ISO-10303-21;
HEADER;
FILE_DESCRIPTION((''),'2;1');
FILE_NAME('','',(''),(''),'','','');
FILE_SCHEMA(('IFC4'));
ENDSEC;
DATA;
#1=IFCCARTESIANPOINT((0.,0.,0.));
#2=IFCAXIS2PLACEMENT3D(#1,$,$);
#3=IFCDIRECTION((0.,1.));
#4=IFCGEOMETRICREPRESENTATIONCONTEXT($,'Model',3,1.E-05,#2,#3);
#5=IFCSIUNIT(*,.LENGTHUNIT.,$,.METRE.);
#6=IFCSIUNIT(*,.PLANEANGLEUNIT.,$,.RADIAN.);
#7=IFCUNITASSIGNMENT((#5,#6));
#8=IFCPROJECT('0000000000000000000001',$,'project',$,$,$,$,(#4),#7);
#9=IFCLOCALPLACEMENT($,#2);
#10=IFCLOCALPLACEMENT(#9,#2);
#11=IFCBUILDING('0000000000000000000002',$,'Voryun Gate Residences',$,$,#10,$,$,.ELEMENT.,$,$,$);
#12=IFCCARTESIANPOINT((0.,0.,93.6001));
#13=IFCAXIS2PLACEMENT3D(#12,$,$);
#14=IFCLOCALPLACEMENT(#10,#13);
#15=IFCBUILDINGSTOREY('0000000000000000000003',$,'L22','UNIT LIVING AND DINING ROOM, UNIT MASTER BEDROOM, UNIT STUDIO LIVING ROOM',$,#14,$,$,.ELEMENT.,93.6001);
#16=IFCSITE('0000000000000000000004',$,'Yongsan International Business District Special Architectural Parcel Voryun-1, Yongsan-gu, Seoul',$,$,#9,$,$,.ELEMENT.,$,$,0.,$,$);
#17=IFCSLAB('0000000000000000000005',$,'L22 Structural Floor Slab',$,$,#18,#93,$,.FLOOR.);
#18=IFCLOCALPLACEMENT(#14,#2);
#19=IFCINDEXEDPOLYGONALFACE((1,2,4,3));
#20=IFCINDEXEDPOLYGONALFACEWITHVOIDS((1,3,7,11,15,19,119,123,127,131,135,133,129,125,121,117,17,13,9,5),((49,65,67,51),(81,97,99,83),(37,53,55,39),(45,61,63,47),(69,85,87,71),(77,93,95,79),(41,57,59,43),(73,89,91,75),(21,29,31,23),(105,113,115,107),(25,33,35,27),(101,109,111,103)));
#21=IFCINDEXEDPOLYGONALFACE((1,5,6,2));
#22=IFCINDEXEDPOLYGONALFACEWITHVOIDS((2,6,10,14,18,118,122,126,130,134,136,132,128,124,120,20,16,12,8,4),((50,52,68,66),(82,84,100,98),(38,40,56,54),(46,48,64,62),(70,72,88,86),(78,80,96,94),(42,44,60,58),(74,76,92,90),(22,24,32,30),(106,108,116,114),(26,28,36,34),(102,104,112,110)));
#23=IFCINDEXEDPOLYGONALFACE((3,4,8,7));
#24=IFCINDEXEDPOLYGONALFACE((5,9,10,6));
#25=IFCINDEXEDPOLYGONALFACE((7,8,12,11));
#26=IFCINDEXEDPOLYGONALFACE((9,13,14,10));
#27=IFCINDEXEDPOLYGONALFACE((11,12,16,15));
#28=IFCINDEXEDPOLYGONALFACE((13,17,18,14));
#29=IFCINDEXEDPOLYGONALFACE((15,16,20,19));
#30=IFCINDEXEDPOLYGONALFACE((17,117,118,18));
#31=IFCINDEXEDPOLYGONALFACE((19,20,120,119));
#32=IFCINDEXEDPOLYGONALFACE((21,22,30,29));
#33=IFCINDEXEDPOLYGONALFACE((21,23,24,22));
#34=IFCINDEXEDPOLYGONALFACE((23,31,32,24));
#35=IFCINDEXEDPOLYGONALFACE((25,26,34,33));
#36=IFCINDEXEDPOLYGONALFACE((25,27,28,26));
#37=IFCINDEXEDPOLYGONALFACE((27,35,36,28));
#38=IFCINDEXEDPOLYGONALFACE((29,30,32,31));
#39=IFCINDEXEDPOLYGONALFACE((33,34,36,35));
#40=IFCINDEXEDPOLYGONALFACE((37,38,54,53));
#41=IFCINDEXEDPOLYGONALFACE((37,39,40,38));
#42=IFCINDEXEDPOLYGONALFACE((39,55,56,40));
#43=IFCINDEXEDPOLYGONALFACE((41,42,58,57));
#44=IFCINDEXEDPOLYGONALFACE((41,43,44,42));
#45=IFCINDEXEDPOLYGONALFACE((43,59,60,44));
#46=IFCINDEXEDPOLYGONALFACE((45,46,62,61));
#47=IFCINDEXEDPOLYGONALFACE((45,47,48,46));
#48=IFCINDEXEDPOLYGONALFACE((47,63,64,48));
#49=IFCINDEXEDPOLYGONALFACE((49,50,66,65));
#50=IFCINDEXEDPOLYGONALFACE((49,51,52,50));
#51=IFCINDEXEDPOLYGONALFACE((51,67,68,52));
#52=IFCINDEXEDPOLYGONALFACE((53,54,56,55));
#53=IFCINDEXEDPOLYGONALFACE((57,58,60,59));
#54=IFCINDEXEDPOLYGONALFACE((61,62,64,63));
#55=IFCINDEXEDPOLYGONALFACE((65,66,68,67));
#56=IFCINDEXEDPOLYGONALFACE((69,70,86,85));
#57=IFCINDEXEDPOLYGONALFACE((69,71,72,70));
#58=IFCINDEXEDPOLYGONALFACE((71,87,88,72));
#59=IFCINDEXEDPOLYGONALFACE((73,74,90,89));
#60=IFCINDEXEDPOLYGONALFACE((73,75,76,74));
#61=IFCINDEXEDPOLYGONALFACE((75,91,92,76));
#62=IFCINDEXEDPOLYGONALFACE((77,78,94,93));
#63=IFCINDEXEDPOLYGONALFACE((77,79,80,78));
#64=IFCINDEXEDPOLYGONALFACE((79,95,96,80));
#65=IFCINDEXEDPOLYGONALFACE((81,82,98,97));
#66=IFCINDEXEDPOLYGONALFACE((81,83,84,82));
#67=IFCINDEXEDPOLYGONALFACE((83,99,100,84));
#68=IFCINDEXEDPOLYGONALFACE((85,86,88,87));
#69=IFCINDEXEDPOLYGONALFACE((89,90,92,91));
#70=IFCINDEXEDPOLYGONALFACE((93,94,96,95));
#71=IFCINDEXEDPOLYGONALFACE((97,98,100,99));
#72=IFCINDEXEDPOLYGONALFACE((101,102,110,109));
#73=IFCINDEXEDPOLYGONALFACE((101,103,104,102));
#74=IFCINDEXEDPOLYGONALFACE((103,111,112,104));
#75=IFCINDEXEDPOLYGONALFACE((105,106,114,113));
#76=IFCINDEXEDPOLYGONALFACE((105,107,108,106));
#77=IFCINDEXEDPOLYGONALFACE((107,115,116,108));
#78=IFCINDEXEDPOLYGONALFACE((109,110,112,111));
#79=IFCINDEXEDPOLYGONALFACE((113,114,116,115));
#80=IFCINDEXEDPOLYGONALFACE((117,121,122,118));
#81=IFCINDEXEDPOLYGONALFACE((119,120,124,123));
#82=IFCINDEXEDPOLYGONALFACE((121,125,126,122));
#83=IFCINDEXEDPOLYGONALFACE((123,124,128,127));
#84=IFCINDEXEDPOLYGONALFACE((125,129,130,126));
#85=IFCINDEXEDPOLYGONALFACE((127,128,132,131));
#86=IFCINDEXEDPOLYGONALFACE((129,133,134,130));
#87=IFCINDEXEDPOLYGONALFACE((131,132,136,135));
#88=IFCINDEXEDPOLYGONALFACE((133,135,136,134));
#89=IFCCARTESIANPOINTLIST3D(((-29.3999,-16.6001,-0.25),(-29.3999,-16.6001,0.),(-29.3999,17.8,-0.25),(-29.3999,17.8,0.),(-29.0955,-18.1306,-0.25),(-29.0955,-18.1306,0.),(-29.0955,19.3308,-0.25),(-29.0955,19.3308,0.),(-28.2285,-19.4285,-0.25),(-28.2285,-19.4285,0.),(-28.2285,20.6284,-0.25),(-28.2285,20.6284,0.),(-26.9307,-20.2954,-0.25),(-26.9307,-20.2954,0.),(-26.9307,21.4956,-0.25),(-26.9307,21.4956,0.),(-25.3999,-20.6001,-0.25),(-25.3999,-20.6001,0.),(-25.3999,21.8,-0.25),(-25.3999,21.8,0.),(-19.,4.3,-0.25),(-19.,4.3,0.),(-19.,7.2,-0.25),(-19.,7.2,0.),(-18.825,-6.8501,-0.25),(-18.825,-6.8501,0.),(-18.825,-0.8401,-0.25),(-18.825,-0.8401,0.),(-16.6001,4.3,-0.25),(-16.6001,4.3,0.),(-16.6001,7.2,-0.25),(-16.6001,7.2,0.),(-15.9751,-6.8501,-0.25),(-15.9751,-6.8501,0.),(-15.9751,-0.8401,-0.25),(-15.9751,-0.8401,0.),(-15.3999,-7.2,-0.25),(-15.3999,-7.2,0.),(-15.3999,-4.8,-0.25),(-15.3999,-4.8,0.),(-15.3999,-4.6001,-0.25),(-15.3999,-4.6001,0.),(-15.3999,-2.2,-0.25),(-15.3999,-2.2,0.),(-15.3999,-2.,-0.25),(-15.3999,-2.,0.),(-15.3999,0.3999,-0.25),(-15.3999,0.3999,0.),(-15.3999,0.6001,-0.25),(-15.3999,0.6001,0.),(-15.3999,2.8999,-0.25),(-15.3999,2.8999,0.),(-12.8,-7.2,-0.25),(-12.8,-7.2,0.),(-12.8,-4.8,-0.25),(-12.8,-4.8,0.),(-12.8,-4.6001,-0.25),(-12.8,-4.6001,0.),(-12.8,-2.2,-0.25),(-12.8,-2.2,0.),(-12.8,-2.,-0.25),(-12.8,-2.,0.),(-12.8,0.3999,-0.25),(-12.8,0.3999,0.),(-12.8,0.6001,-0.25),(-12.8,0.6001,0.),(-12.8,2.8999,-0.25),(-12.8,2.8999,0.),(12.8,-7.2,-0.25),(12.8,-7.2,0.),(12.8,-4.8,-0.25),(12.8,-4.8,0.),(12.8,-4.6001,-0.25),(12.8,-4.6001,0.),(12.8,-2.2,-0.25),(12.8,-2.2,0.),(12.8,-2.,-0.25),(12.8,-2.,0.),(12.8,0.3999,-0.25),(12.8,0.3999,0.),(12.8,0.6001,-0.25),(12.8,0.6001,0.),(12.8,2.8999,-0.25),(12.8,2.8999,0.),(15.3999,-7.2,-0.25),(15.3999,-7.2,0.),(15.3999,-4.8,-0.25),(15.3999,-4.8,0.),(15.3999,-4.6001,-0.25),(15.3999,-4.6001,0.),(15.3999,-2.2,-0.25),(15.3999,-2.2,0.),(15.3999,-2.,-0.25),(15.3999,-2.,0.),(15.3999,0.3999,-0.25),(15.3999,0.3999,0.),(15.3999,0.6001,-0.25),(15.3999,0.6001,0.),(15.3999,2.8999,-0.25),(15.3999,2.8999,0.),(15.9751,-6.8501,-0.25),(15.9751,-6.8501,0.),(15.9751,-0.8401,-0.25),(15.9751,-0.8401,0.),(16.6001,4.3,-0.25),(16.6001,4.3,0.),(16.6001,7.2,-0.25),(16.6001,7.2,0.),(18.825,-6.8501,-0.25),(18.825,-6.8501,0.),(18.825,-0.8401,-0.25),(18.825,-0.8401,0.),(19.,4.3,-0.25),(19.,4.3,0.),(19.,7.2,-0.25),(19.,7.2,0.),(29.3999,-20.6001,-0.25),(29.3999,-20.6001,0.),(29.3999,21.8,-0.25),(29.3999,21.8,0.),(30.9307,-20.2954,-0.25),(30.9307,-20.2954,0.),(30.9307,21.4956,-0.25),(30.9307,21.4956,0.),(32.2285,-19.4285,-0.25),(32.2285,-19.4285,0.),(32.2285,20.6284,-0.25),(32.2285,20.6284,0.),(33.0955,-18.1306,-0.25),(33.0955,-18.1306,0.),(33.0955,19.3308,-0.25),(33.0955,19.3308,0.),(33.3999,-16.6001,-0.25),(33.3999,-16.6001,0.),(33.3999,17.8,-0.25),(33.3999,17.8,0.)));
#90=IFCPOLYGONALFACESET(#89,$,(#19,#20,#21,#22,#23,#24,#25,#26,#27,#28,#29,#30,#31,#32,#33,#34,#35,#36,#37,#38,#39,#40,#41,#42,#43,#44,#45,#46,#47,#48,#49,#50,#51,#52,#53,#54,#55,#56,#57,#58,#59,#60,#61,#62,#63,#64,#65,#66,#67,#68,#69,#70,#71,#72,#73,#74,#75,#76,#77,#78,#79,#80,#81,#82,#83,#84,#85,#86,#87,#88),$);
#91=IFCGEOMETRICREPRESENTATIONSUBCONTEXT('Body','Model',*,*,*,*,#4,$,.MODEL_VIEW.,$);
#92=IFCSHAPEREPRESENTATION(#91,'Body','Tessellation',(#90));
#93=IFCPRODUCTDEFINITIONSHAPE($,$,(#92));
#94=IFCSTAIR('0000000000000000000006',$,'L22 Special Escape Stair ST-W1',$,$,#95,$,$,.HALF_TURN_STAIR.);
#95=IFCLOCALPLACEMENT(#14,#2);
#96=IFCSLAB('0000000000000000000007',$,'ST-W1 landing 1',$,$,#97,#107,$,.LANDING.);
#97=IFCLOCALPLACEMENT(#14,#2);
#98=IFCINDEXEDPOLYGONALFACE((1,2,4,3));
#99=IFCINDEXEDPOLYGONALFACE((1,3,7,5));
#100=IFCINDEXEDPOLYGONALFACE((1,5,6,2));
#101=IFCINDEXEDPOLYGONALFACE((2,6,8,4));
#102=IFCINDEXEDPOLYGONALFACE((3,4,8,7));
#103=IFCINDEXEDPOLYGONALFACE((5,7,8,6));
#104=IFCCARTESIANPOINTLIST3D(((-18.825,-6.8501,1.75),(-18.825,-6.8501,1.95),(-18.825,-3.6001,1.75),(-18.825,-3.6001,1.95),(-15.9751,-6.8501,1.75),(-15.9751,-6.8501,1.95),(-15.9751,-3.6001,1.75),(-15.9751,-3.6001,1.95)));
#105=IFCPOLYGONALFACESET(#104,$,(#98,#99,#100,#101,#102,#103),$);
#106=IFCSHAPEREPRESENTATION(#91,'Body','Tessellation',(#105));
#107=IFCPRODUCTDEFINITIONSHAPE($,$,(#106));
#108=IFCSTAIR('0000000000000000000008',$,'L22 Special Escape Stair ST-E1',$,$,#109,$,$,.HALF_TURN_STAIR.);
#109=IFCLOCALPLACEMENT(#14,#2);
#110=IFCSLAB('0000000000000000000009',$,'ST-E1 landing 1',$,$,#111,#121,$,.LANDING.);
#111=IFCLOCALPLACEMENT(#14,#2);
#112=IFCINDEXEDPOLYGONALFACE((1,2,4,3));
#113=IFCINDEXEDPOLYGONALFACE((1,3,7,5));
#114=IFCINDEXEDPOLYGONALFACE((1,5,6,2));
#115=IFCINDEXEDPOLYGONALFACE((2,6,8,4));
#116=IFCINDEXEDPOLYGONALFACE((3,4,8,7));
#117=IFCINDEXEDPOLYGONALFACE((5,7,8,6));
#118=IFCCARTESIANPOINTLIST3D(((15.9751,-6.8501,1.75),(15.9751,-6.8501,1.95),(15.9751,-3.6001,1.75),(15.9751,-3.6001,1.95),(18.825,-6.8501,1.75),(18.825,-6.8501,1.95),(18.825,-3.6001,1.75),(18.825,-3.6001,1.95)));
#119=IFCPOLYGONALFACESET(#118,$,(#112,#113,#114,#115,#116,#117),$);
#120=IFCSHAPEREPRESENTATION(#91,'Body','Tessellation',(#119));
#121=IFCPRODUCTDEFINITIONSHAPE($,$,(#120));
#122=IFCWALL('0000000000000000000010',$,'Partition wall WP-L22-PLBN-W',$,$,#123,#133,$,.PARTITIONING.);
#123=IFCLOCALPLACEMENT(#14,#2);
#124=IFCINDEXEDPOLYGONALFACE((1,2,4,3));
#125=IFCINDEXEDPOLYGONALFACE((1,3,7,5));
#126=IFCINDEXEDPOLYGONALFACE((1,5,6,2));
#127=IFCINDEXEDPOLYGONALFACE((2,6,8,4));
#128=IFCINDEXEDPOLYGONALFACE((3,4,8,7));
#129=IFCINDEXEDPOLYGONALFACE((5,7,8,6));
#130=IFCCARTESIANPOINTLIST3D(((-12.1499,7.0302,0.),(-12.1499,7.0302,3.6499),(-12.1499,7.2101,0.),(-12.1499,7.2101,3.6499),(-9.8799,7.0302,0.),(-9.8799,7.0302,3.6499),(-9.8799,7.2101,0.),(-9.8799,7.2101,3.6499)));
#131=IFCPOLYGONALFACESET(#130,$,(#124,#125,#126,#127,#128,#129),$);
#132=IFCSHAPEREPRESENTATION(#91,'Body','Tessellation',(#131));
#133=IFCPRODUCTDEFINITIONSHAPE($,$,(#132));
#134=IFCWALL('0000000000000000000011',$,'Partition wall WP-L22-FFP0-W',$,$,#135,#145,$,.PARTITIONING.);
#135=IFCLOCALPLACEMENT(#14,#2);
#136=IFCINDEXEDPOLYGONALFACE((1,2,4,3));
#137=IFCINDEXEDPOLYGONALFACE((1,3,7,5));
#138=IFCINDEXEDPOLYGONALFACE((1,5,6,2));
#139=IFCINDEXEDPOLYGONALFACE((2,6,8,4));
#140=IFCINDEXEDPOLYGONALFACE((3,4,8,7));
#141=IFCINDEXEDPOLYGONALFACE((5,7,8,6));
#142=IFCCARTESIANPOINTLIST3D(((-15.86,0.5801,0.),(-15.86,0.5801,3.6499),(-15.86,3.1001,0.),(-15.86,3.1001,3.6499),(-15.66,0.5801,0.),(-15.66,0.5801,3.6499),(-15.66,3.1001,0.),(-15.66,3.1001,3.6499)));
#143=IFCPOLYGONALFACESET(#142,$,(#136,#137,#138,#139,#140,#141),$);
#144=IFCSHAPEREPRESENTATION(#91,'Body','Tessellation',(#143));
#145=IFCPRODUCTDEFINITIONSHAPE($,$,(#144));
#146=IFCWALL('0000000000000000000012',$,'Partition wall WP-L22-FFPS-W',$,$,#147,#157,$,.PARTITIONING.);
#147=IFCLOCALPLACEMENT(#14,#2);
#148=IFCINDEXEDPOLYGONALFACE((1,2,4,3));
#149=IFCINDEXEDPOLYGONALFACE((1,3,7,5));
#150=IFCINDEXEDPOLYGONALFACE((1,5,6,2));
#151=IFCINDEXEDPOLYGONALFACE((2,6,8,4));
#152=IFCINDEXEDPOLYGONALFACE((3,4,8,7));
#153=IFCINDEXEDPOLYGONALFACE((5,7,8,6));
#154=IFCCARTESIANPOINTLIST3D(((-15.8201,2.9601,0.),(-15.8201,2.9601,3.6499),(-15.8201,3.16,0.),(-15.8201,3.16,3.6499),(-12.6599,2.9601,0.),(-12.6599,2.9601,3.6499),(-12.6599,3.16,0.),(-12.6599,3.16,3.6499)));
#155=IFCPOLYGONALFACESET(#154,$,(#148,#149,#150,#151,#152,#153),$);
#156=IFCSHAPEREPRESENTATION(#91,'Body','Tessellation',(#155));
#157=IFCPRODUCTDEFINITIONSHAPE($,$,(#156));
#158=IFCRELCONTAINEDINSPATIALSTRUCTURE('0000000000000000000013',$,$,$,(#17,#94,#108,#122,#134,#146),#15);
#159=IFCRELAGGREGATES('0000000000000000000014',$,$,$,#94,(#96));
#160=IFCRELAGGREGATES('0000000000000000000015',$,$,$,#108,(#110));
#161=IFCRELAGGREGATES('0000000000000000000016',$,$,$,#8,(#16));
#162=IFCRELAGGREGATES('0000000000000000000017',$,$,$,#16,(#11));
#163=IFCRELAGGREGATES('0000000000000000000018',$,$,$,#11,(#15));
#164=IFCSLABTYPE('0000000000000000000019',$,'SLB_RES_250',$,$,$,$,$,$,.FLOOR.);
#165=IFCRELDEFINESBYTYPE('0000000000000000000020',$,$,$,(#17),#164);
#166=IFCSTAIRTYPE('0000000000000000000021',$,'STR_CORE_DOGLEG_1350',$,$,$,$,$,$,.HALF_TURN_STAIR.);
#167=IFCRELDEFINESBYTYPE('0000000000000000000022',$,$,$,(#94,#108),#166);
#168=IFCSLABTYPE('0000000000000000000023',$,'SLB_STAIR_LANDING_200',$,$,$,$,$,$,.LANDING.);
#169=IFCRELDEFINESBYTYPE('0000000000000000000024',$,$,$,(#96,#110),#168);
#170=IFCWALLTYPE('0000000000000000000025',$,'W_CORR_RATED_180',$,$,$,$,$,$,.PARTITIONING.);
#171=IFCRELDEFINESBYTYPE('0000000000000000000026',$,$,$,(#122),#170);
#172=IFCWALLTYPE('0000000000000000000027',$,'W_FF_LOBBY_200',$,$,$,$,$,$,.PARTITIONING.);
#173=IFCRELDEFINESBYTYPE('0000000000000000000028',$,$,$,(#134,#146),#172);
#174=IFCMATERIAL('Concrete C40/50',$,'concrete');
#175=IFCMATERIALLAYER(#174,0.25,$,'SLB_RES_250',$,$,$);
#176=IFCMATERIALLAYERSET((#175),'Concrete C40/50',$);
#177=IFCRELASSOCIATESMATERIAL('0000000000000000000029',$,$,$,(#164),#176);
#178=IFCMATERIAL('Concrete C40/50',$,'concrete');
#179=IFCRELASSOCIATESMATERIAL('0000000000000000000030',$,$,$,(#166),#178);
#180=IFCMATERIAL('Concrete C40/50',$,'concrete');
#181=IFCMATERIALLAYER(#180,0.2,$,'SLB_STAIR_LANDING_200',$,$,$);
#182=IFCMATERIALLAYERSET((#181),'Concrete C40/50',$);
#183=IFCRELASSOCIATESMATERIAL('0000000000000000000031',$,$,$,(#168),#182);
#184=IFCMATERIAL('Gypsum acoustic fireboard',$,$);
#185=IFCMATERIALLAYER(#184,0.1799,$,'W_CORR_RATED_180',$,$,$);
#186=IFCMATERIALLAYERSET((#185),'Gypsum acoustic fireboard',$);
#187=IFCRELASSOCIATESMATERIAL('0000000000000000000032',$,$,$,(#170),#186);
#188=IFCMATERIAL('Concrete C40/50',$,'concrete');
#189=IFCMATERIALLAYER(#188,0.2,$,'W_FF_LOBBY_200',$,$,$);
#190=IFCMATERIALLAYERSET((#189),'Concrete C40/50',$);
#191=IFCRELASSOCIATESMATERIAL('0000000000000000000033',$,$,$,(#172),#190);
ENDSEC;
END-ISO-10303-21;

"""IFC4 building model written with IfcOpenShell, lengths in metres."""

from ifc_helpers import new_model, si_unit, direction, frame, frame_2d, origin, place, context, subcontext, project, spatial, polyline, rectangle, outline, extrude, material, layer, layer_set, type_object, element, aggregate, save


model = new_model("IFC4")

# Units and contexts
model_context = context("Model", 3, precision=1e-05, world=origin(), true_north=direction((0.0, 1.0)))
body_context = subcontext(model_context, "Body", "Model", "MODEL_VIEW")
ifc_project = project(units=[si_unit("LENGTHUNIT", "METRE"), si_unit("PLANEANGLEUNIT", "RADIAN")], contexts=[model_context])

# Site, building, storey
site_placement = place(None, origin())
site = spatial("IfcSite", under=ifc_project, at=site_placement, Name="Yongsan International Business District Special Architectural Parcel Voryun-1, Yongsan-gu, Seoul", CompositionType="ELEMENT", RefElevation=0.0)
building_placement = place(site_placement, origin())
building = spatial("IfcBuilding", under=site, at=building_placement, Name="Voryun Gate Residences", CompositionType="ELEMENT")
storey_placement = place(building_placement, frame((0.0, 0.0, 93.6001)))
storey = spatial("IfcBuildingStorey", under=building, at=storey_placement, Name="L22", Description="UNIT LIVING AND DINING ROOM, UNIT MASTER BEDROOM, UNIT STUDIO LIVING ROOM", CompositionType="ELEMENT", Elevation=93.6001)

# Slab
ifc_material_1 = material(Name="Concrete C40/50", Category="concrete")
ifc_layer_1 = layer(ifc_material_1, 0.25, Name="SLB_RES_250")
ifc_layer_set_1 = layer_set([ifc_layer_1], Name="Concrete C40/50")
slab_type_1 = type_object("IfcSlabType", Name="SLB_RES_250", PredefinedType="FLOOR", material=ifc_layer_set_1)
slab_1_placement = place(storey_placement, frame((0.0, 0.0, -0.25)))
element("IfcSlab", 1, at=slab_1_placement, inside=storey, type_object=slab_type_1, Name="L22 Structural Floor Slab", PredefinedType="FLOOR", context=body_context, shape_type="SweptSolid", body=[
    extrude(outline(polyline([(-25.3999, -20.6001), (-26.9307, -20.2954), (-28.2285, -19.4285), (-29.0955, -18.1306), (-29.3999, -16.6001), (-29.3999, 17.8), (-29.0955, 19.3308), (-28.2285, 20.6284), (-26.9307, 21.4956), (-25.3999, 21.8), (29.3999, 21.8), (30.9307, 21.4956), (32.2285, 20.6284), (33.0955, 19.3308), (33.3999, 17.8), (33.3999, -16.6001), (33.0955, -18.1306), (32.2285, -19.4285), (30.9307, -20.2954), (29.3999, -20.6001), (-25.3999, -20.6001)]), holes=[polyline([(-12.8, -4.8), (-15.3999, -4.8), (-15.3999, -7.2), (-12.8, -7.2), (-12.8, -4.8)]), polyline([(-18.825, -6.8501), (-15.9751, -6.8501), (-15.9751, -0.8401), (-18.825, -0.8401), (-18.825, -6.8501)]), polyline([(-12.8, -4.6001), (-12.8, -2.2), (-15.3999, -2.2), (-15.3999, -4.6001), (-12.8, -4.6001)]), polyline([(-12.8, 0.3999), (-15.3999, 0.3999), (-15.3999, -2.0), (-12.8, -2.0), (-12.8, 0.3999)]), polyline([(-12.8, 0.6001), (-12.8, 2.8999), (-15.3999, 2.8999), (-15.3999, 0.6001), (-12.8, 0.6001)]), polyline([(-16.6001, 4.3), (-16.6001, 7.2), (-19.0, 7.2), (-19.0, 4.3), (-16.6001, 4.3)]), polyline([(15.3999, -4.8), (12.8, -4.8), (12.8, -7.2), (15.3999, -7.2), (15.3999, -4.8)]), polyline([(15.9751, -6.8501), (18.825, -6.8501), (18.825, -0.8401), (15.9751, -0.8401), (15.9751, -6.8501)]), polyline([(15.3999, -4.6001), (15.3999, -2.2), (12.8, -2.2), (12.8, -4.6001), (15.3999, -4.6001)]), polyline([(15.3999, 0.3999), (12.8, 0.3999), (12.8, -2.0), (15.3999, -2.0), (15.3999, 0.3999)]), polyline([(15.3999, 0.6001), (15.3999, 2.8999), (12.8, 2.8999), (12.8, 0.6001), (15.3999, 0.6001)]), polyline([(19.0, 4.3), (19.0, 7.2), (16.6001, 7.2), (16.6001, 4.3), (19.0, 4.3)])]), origin(), (0.0, 0.0, 1.0), 0.25),
])

# Stairs, slabs
ifc_material_2 = material(Name="Concrete C40/50", Category="concrete")
stair_type = type_object("IfcStairType", Name="STR_CORE_DOGLEG_1350", PredefinedType="HALF_TURN_STAIR", material=ifc_material_2)
stair_1_placement = place(storey_placement, origin())
stair_1 = element("IfcStair", 2, at=stair_1_placement, inside=storey, type_object=stair_type, Name="L22 Special Escape Stair ST-W1", PredefinedType="HALF_TURN_STAIR")
ifc_material_3 = material(Name="Concrete C40/50", Category="concrete")
ifc_layer_2 = layer(ifc_material_3, 0.2, Name="SLB_STAIR_LANDING_200")
ifc_layer_set_2 = layer_set([ifc_layer_2], Name="Concrete C40/50")
slab_type_2 = type_object("IfcSlabType", Name="SLB_STAIR_LANDING_200", PredefinedType="LANDING", material=ifc_layer_set_2)
slab_2_placement = place(storey_placement, frame((0.0, 0.0, 1.75)))
slab_2 = element("IfcSlab", 3, at=slab_2_placement, type_object=slab_type_2, Name="ST-W1 landing 1", PredefinedType="LANDING", context=body_context, shape_type="SweptSolid", body=[
    extrude(outline(polyline([(-18.825, -3.6001), (-18.825, -6.8501), (-15.9751, -6.8501), (-15.9751, -3.6001), (-18.825, -3.6001)])), origin(), (0.0, 0.0, 1.0), 0.2),
])
aggregate(stair_1, [slab_2])
stair_2_placement = place(storey_placement, origin())
stair_2 = element("IfcStair", 4, at=stair_2_placement, inside=storey, type_object=stair_type, Name="L22 Special Escape Stair ST-E1", PredefinedType="HALF_TURN_STAIR")
slab_3_placement = place(storey_placement, frame((0.0, 0.0, 1.75)))
slab_3 = element("IfcSlab", 5, at=slab_3_placement, type_object=slab_type_2, Name="ST-E1 landing 1", PredefinedType="LANDING", context=body_context, shape_type="SweptSolid", body=[
    extrude(outline(polyline([(15.9751, -3.6001), (15.9751, -6.8501), (18.825, -6.8501), (18.825, -3.6001), (15.9751, -3.6001)])), origin(), (0.0, 0.0, 1.0), 0.2),
])
aggregate(stair_2, [slab_3])

# Walls
ifc_material_4 = material(Name="Gypsum acoustic fireboard")
ifc_layer_3 = layer(ifc_material_4, 0.1799, Name="W_CORR_RATED_180")
ifc_layer_set_3 = layer_set([ifc_layer_3], Name="Gypsum acoustic fireboard")
wall_type_1 = type_object("IfcWallType", Name="W_CORR_RATED_180", PredefinedType="PARTITIONING", material=ifc_layer_set_3)
wall_1_placement = place(storey_placement, frame((-12.1499, 7.1201, 0.0), z_axis=(0.0, 0.0, 1.0), x_axis=(1.0, 0.0, 0.0)))
element("IfcWall", 6, at=wall_1_placement, inside=storey, type_object=wall_type_1, Name="Partition wall WP-L22-PLBN-W", PredefinedType="PARTITIONING", context=body_context, shape_type="SweptSolid", body=[
    extrude(rectangle(XDim=2.27, YDim=0.1799, at=frame_2d((1.135, 0.0))), origin(), (0.0, 0.0, 1.0), 3.6499),
])
ifc_material_5 = material(Name="Concrete C40/50", Category="concrete")
ifc_layer_4 = layer(ifc_material_5, 0.2, Name="W_FF_LOBBY_200")
ifc_layer_set_4 = layer_set([ifc_layer_4], Name="Concrete C40/50")
wall_type_2 = type_object("IfcWallType", Name="W_FF_LOBBY_200", PredefinedType="PARTITIONING", material=ifc_layer_set_4)
wall_2_placement = place(storey_placement, frame((-15.76, 0.5801, 0.0), z_axis=(0.0, 0.0, 1.0), x_axis=(0.0, 1.0, 0.0)))
element("IfcWall", 7, at=wall_2_placement, inside=storey, type_object=wall_type_2, Name="Partition wall WP-L22-FFP0-W", PredefinedType="PARTITIONING", context=body_context, shape_type="SweptSolid", body=[
    extrude(rectangle(XDim=2.52, YDim=0.2, at=frame_2d((1.26, 0.0))), origin(), (0.0, 0.0, 1.0), 3.6499),
])
wall_3_placement = place(storey_placement, frame((-15.8201, 3.0601, 0.0), z_axis=(0.0, 0.0, 1.0), x_axis=(1.0, 0.0, 0.0)))
element("IfcWall", 8, at=wall_3_placement, inside=storey, type_object=wall_type_2, Name="Partition wall WP-L22-FFPS-W", PredefinedType="PARTITIONING", context=body_context, shape_type="SweptSolid", body=[
    extrude(rectangle(XDim=3.1602, YDim=0.2, at=frame_2d((1.5801, 0.0))), origin(), (0.0, 0.0, 1.0), 3.6499),
])

save(model, "model.ifc")
